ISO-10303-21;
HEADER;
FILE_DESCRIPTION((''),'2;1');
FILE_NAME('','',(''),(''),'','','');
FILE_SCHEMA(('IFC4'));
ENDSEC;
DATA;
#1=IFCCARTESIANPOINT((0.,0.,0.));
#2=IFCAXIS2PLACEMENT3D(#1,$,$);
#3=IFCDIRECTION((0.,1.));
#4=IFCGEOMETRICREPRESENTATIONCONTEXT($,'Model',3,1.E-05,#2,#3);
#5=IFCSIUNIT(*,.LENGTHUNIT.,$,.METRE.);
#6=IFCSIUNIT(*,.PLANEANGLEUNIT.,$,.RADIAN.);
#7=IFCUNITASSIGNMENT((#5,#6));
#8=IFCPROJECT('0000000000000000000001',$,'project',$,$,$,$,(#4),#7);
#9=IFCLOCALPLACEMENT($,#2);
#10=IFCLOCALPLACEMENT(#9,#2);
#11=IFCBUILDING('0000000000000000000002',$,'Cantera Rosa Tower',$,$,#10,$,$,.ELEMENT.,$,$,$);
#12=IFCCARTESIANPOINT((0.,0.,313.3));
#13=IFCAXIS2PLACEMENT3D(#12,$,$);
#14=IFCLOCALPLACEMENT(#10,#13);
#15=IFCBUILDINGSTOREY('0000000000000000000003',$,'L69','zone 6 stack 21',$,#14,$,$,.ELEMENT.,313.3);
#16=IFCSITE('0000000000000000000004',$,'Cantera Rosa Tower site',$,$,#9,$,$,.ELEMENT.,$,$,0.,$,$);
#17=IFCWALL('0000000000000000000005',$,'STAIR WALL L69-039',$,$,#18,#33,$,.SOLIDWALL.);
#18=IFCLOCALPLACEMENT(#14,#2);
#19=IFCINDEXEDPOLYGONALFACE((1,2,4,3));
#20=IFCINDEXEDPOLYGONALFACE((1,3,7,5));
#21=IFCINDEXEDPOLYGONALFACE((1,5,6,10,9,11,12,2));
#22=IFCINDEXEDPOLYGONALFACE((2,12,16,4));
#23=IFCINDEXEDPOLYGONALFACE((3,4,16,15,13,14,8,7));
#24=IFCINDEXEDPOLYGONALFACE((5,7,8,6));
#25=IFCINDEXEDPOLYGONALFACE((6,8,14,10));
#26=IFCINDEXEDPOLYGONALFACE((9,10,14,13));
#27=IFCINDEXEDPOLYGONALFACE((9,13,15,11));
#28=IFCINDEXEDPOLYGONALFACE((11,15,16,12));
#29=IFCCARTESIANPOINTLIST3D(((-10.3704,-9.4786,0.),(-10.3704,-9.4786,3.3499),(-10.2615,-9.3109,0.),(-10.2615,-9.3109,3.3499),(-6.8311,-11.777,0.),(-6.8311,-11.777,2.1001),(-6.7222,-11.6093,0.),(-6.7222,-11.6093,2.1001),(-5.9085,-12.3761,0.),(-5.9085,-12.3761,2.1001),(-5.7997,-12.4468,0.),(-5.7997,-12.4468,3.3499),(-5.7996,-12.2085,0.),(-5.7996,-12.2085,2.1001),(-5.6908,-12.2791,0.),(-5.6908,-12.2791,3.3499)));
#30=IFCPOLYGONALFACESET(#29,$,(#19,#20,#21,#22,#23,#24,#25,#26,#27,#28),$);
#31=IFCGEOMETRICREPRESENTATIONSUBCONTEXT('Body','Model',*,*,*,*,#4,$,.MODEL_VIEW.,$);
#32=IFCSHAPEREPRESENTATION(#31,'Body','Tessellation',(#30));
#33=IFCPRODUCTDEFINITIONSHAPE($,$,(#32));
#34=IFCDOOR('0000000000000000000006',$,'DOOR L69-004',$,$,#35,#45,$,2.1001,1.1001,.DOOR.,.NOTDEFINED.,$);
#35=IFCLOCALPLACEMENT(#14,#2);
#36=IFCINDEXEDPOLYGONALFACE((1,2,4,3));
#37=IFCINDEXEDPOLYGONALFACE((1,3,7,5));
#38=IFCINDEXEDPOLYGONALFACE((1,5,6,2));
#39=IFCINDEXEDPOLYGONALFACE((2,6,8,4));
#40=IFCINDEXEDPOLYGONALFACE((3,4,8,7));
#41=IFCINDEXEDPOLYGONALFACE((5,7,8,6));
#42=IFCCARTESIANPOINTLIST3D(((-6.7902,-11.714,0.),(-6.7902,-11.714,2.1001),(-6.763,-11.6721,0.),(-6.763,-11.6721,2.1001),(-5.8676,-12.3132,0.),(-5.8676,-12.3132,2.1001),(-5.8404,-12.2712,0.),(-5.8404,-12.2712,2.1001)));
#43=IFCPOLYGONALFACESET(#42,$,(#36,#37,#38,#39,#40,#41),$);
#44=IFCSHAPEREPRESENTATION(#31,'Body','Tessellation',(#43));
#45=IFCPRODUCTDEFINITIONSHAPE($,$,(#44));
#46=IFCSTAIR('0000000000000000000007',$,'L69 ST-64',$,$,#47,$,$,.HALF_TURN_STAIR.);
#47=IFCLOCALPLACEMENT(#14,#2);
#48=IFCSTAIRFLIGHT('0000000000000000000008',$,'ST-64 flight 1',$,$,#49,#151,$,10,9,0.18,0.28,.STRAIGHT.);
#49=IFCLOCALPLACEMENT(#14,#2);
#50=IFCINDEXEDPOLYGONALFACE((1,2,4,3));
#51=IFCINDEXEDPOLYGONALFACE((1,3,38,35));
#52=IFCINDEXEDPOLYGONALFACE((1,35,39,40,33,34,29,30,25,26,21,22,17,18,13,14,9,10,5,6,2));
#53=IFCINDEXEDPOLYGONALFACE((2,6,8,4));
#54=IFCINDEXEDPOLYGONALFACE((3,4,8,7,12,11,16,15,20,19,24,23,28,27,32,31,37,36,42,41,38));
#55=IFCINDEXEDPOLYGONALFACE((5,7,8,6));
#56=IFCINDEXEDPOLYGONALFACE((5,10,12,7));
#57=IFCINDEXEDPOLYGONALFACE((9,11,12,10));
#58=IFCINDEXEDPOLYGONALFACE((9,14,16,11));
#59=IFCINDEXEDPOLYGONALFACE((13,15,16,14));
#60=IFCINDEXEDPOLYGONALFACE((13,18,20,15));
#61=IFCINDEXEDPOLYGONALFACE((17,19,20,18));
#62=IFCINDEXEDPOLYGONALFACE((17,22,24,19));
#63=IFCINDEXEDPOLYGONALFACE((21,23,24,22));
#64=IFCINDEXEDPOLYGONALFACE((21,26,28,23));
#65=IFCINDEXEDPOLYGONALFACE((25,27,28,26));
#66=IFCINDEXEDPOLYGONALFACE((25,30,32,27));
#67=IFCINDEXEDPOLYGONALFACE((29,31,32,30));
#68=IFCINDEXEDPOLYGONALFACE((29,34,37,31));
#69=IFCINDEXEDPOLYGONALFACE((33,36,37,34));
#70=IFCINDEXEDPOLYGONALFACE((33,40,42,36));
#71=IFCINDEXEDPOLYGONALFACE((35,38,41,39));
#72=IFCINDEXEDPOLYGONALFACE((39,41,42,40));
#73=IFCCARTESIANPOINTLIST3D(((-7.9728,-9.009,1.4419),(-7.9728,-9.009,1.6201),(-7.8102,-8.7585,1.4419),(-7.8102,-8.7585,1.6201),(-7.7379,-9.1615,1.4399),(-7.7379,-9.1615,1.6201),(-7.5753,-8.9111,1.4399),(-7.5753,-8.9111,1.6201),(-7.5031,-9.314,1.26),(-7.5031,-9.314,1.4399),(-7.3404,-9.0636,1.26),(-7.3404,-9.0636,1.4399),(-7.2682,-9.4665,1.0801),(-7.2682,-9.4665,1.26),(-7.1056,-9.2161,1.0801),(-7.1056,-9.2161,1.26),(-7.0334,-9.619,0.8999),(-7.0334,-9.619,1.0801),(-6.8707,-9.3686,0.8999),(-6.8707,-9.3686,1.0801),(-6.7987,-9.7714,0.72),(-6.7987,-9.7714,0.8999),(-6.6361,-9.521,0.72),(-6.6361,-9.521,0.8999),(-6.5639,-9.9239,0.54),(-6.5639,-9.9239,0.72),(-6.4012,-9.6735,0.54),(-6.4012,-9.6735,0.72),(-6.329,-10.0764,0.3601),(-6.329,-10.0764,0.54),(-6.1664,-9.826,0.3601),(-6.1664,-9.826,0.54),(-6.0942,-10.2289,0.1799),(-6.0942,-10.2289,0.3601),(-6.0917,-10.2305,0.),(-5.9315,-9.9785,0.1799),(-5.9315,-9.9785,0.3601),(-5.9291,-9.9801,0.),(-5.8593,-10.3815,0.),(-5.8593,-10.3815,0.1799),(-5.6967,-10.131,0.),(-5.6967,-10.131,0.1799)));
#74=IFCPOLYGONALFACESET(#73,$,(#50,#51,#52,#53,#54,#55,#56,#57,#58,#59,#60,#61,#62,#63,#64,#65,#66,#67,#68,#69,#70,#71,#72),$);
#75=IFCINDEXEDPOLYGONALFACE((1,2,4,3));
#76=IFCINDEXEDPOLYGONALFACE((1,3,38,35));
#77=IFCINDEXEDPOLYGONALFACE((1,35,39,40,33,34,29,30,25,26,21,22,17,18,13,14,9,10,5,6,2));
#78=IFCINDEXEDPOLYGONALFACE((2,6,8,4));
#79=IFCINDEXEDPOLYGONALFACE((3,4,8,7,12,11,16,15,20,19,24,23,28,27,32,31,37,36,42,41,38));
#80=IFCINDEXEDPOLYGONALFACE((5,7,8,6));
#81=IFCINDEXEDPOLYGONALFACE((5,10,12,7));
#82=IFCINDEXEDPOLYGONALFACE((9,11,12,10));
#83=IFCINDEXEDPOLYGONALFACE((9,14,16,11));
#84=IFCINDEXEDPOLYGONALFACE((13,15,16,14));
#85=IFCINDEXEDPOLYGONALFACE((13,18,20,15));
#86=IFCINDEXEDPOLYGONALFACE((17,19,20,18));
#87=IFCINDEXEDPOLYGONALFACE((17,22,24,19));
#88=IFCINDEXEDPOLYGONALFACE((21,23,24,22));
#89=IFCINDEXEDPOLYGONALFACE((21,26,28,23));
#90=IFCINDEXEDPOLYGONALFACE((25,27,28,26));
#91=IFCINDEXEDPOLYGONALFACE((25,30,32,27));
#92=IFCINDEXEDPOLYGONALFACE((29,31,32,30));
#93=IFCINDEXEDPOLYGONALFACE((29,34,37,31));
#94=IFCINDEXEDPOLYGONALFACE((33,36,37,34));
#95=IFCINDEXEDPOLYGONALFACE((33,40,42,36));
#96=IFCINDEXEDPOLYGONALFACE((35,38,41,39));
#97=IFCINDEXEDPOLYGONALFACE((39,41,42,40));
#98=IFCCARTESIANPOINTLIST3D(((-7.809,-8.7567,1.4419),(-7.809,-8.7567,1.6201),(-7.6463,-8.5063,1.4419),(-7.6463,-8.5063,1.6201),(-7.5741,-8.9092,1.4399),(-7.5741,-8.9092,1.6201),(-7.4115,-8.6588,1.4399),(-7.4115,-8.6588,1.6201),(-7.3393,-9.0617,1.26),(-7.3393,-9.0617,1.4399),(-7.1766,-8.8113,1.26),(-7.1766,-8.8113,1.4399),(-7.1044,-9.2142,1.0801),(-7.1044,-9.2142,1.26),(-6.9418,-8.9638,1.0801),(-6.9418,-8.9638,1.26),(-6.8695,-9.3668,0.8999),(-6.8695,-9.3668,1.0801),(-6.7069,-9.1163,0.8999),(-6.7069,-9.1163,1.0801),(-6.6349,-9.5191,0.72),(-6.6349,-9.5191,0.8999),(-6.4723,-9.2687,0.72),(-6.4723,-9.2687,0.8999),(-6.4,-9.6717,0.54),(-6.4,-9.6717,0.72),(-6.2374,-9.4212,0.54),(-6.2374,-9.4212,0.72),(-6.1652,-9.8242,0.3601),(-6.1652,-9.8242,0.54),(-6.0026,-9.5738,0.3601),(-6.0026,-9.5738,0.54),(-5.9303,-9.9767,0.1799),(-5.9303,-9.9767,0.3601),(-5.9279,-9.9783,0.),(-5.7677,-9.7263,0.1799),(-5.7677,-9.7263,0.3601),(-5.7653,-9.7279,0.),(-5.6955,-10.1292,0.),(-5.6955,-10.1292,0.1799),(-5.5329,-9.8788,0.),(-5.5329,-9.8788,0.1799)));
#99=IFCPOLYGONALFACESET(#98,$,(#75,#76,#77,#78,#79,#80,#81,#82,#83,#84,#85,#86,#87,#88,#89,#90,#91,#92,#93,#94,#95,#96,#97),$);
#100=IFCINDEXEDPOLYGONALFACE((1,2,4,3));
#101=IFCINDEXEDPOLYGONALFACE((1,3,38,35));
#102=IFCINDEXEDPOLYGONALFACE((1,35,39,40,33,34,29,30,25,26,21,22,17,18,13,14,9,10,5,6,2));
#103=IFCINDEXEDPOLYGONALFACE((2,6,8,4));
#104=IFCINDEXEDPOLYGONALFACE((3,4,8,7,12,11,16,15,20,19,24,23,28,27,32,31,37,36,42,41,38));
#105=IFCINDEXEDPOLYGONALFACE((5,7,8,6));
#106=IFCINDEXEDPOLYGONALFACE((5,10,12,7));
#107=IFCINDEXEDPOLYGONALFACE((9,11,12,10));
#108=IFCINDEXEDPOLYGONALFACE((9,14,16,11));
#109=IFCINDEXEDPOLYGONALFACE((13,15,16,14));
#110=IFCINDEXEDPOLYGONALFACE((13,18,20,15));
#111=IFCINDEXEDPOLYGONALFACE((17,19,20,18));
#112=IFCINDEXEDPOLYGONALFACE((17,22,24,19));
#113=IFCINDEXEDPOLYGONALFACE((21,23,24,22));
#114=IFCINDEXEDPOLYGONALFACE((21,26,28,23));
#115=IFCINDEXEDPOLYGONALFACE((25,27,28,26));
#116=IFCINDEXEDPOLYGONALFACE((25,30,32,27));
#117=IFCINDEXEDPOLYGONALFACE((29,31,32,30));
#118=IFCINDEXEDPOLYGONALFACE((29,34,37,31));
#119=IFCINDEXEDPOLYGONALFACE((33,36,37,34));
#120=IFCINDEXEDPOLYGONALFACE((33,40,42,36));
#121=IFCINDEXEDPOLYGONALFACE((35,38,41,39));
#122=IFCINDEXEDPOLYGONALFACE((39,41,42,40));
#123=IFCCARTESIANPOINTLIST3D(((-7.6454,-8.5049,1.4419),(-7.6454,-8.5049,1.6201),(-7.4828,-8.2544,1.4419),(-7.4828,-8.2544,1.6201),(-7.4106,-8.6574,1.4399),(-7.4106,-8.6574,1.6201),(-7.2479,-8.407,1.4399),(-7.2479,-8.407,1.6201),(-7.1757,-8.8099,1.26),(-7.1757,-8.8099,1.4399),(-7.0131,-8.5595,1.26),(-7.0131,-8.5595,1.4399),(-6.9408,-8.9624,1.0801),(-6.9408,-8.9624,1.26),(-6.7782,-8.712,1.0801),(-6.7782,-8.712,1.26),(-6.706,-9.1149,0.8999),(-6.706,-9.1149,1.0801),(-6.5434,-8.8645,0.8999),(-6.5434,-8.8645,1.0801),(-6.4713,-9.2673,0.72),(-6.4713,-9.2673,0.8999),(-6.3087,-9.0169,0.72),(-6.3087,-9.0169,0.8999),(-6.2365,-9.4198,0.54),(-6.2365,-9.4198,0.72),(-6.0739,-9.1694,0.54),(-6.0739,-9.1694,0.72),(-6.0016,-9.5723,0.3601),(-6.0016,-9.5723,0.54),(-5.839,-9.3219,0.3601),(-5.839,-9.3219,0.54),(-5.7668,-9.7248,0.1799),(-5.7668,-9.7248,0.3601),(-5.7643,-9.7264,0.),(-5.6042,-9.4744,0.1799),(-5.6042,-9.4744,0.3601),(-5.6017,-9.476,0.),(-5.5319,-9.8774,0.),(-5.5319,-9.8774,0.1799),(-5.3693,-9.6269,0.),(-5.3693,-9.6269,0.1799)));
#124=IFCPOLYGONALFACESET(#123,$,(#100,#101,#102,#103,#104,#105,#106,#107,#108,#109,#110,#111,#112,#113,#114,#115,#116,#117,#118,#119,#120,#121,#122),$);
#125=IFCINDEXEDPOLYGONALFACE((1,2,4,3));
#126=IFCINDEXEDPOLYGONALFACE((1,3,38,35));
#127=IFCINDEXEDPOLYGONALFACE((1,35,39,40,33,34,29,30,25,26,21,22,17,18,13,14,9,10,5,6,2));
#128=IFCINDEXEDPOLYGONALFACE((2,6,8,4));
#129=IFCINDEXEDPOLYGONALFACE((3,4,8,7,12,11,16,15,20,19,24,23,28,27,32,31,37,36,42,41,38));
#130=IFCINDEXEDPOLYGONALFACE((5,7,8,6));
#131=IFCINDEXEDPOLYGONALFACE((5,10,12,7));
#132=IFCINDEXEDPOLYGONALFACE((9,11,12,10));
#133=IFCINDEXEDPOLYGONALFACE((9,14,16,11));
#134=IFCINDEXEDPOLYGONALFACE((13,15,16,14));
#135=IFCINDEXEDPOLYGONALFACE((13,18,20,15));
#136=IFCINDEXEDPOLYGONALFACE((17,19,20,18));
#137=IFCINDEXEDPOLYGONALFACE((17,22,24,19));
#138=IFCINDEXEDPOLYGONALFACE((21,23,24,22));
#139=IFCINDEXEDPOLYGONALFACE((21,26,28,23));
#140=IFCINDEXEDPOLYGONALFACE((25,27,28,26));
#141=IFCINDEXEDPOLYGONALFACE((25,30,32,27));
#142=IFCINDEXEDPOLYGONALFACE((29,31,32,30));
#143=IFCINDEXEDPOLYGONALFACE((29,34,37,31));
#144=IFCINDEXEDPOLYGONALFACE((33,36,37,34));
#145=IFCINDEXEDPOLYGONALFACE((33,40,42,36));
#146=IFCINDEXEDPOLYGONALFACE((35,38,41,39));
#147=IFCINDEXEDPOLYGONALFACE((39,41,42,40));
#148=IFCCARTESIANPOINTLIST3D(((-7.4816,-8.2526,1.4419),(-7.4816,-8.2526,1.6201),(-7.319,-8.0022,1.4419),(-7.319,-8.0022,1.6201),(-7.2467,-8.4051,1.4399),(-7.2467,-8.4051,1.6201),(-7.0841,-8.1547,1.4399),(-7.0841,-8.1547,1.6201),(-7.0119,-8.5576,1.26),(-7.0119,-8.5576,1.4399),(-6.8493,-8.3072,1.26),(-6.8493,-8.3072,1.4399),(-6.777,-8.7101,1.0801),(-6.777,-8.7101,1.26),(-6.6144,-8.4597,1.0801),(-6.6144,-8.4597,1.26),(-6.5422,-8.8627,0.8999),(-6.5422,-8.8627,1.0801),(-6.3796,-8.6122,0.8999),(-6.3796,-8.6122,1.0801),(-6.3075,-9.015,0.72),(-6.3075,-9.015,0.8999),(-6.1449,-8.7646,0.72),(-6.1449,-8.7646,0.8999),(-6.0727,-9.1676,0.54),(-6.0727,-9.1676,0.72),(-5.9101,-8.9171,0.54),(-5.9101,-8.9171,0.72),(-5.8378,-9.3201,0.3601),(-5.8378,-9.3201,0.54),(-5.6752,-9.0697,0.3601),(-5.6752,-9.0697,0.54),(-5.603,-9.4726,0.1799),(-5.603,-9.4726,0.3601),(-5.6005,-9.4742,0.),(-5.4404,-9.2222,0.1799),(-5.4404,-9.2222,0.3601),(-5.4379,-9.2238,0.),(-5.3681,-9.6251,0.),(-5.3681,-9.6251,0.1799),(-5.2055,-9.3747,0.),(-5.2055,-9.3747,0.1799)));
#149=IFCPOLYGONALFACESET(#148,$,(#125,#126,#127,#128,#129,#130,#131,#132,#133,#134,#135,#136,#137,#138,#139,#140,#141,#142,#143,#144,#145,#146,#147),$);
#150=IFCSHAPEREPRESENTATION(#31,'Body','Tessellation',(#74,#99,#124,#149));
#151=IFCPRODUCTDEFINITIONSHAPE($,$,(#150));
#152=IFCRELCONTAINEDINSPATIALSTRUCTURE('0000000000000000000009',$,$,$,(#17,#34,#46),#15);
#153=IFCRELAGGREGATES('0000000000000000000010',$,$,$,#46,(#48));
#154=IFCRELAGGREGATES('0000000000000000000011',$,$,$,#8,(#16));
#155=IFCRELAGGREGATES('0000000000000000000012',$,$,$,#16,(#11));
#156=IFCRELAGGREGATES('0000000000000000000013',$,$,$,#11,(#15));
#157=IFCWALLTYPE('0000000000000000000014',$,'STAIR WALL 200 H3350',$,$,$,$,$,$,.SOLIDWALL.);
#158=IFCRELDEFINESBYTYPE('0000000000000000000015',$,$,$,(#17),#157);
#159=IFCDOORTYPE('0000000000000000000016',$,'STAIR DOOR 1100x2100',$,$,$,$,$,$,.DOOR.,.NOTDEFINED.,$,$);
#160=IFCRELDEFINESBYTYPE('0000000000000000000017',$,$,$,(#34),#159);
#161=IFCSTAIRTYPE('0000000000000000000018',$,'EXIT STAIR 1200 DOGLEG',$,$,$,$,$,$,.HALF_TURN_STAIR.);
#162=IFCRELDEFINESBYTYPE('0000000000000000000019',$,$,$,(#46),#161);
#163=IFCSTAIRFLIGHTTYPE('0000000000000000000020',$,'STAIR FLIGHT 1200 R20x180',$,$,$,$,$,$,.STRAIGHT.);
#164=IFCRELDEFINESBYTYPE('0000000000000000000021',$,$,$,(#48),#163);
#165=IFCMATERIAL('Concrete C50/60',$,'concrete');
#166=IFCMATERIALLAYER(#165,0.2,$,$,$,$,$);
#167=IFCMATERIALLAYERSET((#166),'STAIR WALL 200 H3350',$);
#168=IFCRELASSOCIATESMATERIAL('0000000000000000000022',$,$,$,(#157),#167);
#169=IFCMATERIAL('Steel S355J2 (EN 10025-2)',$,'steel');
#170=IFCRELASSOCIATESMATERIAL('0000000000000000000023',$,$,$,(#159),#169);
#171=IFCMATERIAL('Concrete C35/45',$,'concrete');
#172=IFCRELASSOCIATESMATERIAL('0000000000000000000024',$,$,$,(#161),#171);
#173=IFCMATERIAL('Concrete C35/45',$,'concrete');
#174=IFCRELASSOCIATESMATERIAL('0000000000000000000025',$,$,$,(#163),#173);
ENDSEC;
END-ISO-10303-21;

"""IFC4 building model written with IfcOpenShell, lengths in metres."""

from ifc_helpers import new_model, si_unit, direction, frame, frame_2d, origin, place, context, subcontext, project, spatial, polyline, rectangle, outline, extrude, material, layer, layer_set, type_object, element, fill, aggregate, save


model = new_model("IFC4")

# Units and contexts
model_context = context("Model", 3, precision=1e-05, world=origin(), true_north=direction((0.0, 1.0)))
body_context = subcontext(model_context, "Body", "Model", "MODEL_VIEW")
ifc_project = project(units=[si_unit("LENGTHUNIT", "METRE"), si_unit("PLANEANGLEUNIT", "RADIAN")], contexts=[model_context])

# Site, building, storey
site_placement = place(None, origin())
site = spatial("IfcSite", under=ifc_project, at=site_placement, Name="Cantera Rosa Tower site", CompositionType="ELEMENT", RefElevation=0.0)
building_placement = place(site_placement, origin())
building = spatial("IfcBuilding", under=site, at=building_placement, Name="Cantera Rosa Tower", CompositionType="ELEMENT")
storey_placement = place(building_placement, frame((0.0, 0.0, 313.3)))
storey = spatial("IfcBuildingStorey", under=building, at=storey_placement, Name="L69", Description="zone 6 stack 21", CompositionType="ELEMENT", Elevation=313.3)

# Wall, opening, door
ifc_material_1 = material(Name="Concrete C50/60", Category="concrete")
ifc_layer_1 = layer(ifc_material_1, 0.2)
ifc_layer_set_1 = layer_set([ifc_layer_1], Name="STAIR WALL 200 H3350")
wall_type_1 = type_object("IfcWallType", Name="STAIR WALL 200 H3350", PredefinedType="SOLIDWALL", material=ifc_layer_set_1)
wall_1_placement = place(storey_placement, frame((-5.7451, -12.363, 0.0), z_axis=(0.0, 0.0, 1.0), x_axis=(-0.838675, 0.544632, 0.0)))
wall_1 = element("IfcWall", 1, at=wall_1_placement, inside=storey, type_object=wall_type_1, Name="STAIR WALL L69-039", PredefinedType="SOLIDWALL", context=body_context, shape_type="SweptSolid", body=[
    extrude(rectangle(XDim=5.45, YDim=0.2, at=frame_2d((2.7251, 0.0))), origin(), (0.0, 0.0, 1.0), 3.3499),
])
opening_1_placement = place(wall_1_placement, frame((0.1299, 0.0, 0.0)))
opening_1 = element("IfcOpeningElement", 2, at=opening_1_placement, cuts=wall_1, PredefinedType="OPENING", context=body_context, shape_type="SweptSolid", body=[
    extrude(rectangle(XDim=1.1001, YDim=2.1001, at=frame_2d((0.55, 1.05))), frame((0.0, 0.1099, 0.0), z_axis=(0.0, -1.0, 0.0), x_axis=(1.0, 0.0, 0.0)), (0.0, 0.0, 1.0), 0.22),
])
ifc_material_2 = material(Name="Steel S355J2 (EN 10025-2)", Category="steel")
door_type_1 = type_object("IfcDoorType", Name="STAIR DOOR 1100x2100", OperationType="NOTDEFINED", PredefinedType="DOOR", material=ifc_material_2)
door_1_placement = place(opening_1_placement, origin())
door_1 = element("IfcDoor", 3, at=door_1_placement, inside=storey, type_object=door_type_1, Name="DOOR L69-004", OperationType="NOTDEFINED", OverallHeight=2.1001, OverallWidth=1.1001, PredefinedType="DOOR", context=body_context, shape_type="SweptSolid", body=[
    extrude(rectangle(XDim=1.1001, YDim=2.1001, at=frame_2d((0.55, 1.05))), frame((0.0, 0.0249, 0.0), z_axis=(0.0, -1.0, 0.0), x_axis=(1.0, 0.0, 0.0)), (0.0, 0.0, 1.0), 0.05),
])
fill(opening_1, door_1)

# Stair, stair flight
ifc_material_3 = material(Name="Concrete C35/45", Category="concrete")
stair_type = type_object("IfcStairType", Name="EXIT STAIR 1200 DOGLEG", PredefinedType="HALF_TURN_STAIR", material=ifc_material_3)
stair_placement = place(storey_placement, origin())
stair = element("IfcStair", 4, at=stair_placement, inside=storey, type_object=stair_type, Name="L69 ST-64", PredefinedType="HALF_TURN_STAIR")
ifc_material_4 = material(Name="Concrete C35/45", Category="concrete")
stair_flight_type = type_object("IfcStairFlightType", Name="STAIR FLIGHT 1200 R20x180", PredefinedType="STRAIGHT", material=ifc_material_4)
stair_flight_placement = place(storey_placement, frame((-5.5325, -9.8782, 0.0), z_axis=(0.0, 0.0, 1.0), x_axis=(-0.838671, 0.544639, 0.0)))
stair_flight = element("IfcStairFlight", 5, at=stair_flight_placement, type_object=stair_flight_type, Name="ST-64 flight 1", NumberOfRisers=10, NumberOfTreads=9, PredefinedType="STRAIGHT", RiserHeight=0.18, TreadLength=0.28, context=body_context, shape_type="SweptSolid", body=[
    extrude(outline(polyline([(0.0, 0.0), (0.0, 0.1799), (0.28, 0.1799), (0.28, 0.3601), (0.5601, 0.3601), (0.5601, 0.54), (0.8401, 0.54), (0.8401, 0.72), (1.1201, 0.72), (1.1201, 0.8999), (1.3999, 0.8999), (1.3999, 1.0801), (1.6799, 1.0801), (1.6799, 1.26), (1.96, 1.26), (1.96, 1.4399), (2.24, 1.4399), (2.24, 1.6201), (2.52, 1.6201), (2.52, 1.8), (2.52, 1.4419), (0.2771, 0.0), (0.0, 0.0)])), frame((0.0, 0.6001, 0.0), z_axis=(0.0, -1.0, 0.0), x_axis=(1.0, 0.0, 0.0)), (0.0, 0.0, 1.0), 0.2986),
    extrude(outline(polyline([(0.0, 0.0), (0.0, 0.1799), (0.28, 0.1799), (0.28, 0.3601), (0.5601, 0.3601), (0.5601, 0.54), (0.8401, 0.54), (0.8401, 0.72), (1.1201, 0.72), (1.1201, 0.8999), (1.3999, 0.8999), (1.3999, 1.0801), (1.6799, 1.0801), (1.6799, 1.26), (1.96, 1.26), (1.96, 1.4399), (2.24, 1.4399), (2.24, 1.6201), (2.52, 1.6201), (2.52, 1.8), (2.52, 1.4419), (0.2771, 0.0), (0.0, 0.0)])), frame((0.0, 0.2993, 0.0), z_axis=(0.0, -1.0, 0.0), x_axis=(1.0, 0.0, 0.0)), (0.0, 0.0, 1.0), 0.2986),
    extrude(outline(polyline([(0.0, 0.0), (0.0, 0.1799), (0.28, 0.1799), (0.28, 0.3601), (0.5601, 0.3601), (0.5601, 0.54), (0.8401, 0.54), (0.8401, 0.72), (1.1201, 0.72), (1.1201, 0.8999), (1.3999, 0.8999), (1.3999, 1.0801), (1.6799, 1.0801), (1.6799, 1.26), (1.96, 1.26), (1.96, 1.4399), (2.24, 1.4399), (2.24, 1.6201), (2.52, 1.6201), (2.52, 1.8), (2.52, 1.4419), (0.2771, 0.0), (0.0, 0.0)])), frame((0.0, -0.001, 0.0), z_axis=(0.0, -1.0, 0.0), x_axis=(1.0, 0.0, 0.0)), (0.0, 0.0, 1.0), 0.2986),
    extrude(outline(polyline([(0.0, 0.0), (0.0, 0.1799), (0.28, 0.1799), (0.28, 0.3601), (0.5601, 0.3601), (0.5601, 0.54), (0.8401, 0.54), (0.8401, 0.72), (1.1201, 0.72), (1.1201, 0.8999), (1.3999, 0.8999), (1.3999, 1.0801), (1.6799, 1.0801), (1.6799, 1.26), (1.96, 1.26), (1.96, 1.4399), (2.24, 1.4399), (2.24, 1.6201), (2.52, 1.6201), (2.52, 1.8), (2.52, 1.4419), (0.2771, 0.0), (0.0, 0.0)])), frame((0.0, -0.3018, 0.0), z_axis=(0.0, -1.0, 0.0), x_axis=(1.0, 0.0, 0.0)), (0.0, 0.0, 1.0), 0.2986),
])
aggregate(stair, [stair_flight])

save(model, "model.ifc")
